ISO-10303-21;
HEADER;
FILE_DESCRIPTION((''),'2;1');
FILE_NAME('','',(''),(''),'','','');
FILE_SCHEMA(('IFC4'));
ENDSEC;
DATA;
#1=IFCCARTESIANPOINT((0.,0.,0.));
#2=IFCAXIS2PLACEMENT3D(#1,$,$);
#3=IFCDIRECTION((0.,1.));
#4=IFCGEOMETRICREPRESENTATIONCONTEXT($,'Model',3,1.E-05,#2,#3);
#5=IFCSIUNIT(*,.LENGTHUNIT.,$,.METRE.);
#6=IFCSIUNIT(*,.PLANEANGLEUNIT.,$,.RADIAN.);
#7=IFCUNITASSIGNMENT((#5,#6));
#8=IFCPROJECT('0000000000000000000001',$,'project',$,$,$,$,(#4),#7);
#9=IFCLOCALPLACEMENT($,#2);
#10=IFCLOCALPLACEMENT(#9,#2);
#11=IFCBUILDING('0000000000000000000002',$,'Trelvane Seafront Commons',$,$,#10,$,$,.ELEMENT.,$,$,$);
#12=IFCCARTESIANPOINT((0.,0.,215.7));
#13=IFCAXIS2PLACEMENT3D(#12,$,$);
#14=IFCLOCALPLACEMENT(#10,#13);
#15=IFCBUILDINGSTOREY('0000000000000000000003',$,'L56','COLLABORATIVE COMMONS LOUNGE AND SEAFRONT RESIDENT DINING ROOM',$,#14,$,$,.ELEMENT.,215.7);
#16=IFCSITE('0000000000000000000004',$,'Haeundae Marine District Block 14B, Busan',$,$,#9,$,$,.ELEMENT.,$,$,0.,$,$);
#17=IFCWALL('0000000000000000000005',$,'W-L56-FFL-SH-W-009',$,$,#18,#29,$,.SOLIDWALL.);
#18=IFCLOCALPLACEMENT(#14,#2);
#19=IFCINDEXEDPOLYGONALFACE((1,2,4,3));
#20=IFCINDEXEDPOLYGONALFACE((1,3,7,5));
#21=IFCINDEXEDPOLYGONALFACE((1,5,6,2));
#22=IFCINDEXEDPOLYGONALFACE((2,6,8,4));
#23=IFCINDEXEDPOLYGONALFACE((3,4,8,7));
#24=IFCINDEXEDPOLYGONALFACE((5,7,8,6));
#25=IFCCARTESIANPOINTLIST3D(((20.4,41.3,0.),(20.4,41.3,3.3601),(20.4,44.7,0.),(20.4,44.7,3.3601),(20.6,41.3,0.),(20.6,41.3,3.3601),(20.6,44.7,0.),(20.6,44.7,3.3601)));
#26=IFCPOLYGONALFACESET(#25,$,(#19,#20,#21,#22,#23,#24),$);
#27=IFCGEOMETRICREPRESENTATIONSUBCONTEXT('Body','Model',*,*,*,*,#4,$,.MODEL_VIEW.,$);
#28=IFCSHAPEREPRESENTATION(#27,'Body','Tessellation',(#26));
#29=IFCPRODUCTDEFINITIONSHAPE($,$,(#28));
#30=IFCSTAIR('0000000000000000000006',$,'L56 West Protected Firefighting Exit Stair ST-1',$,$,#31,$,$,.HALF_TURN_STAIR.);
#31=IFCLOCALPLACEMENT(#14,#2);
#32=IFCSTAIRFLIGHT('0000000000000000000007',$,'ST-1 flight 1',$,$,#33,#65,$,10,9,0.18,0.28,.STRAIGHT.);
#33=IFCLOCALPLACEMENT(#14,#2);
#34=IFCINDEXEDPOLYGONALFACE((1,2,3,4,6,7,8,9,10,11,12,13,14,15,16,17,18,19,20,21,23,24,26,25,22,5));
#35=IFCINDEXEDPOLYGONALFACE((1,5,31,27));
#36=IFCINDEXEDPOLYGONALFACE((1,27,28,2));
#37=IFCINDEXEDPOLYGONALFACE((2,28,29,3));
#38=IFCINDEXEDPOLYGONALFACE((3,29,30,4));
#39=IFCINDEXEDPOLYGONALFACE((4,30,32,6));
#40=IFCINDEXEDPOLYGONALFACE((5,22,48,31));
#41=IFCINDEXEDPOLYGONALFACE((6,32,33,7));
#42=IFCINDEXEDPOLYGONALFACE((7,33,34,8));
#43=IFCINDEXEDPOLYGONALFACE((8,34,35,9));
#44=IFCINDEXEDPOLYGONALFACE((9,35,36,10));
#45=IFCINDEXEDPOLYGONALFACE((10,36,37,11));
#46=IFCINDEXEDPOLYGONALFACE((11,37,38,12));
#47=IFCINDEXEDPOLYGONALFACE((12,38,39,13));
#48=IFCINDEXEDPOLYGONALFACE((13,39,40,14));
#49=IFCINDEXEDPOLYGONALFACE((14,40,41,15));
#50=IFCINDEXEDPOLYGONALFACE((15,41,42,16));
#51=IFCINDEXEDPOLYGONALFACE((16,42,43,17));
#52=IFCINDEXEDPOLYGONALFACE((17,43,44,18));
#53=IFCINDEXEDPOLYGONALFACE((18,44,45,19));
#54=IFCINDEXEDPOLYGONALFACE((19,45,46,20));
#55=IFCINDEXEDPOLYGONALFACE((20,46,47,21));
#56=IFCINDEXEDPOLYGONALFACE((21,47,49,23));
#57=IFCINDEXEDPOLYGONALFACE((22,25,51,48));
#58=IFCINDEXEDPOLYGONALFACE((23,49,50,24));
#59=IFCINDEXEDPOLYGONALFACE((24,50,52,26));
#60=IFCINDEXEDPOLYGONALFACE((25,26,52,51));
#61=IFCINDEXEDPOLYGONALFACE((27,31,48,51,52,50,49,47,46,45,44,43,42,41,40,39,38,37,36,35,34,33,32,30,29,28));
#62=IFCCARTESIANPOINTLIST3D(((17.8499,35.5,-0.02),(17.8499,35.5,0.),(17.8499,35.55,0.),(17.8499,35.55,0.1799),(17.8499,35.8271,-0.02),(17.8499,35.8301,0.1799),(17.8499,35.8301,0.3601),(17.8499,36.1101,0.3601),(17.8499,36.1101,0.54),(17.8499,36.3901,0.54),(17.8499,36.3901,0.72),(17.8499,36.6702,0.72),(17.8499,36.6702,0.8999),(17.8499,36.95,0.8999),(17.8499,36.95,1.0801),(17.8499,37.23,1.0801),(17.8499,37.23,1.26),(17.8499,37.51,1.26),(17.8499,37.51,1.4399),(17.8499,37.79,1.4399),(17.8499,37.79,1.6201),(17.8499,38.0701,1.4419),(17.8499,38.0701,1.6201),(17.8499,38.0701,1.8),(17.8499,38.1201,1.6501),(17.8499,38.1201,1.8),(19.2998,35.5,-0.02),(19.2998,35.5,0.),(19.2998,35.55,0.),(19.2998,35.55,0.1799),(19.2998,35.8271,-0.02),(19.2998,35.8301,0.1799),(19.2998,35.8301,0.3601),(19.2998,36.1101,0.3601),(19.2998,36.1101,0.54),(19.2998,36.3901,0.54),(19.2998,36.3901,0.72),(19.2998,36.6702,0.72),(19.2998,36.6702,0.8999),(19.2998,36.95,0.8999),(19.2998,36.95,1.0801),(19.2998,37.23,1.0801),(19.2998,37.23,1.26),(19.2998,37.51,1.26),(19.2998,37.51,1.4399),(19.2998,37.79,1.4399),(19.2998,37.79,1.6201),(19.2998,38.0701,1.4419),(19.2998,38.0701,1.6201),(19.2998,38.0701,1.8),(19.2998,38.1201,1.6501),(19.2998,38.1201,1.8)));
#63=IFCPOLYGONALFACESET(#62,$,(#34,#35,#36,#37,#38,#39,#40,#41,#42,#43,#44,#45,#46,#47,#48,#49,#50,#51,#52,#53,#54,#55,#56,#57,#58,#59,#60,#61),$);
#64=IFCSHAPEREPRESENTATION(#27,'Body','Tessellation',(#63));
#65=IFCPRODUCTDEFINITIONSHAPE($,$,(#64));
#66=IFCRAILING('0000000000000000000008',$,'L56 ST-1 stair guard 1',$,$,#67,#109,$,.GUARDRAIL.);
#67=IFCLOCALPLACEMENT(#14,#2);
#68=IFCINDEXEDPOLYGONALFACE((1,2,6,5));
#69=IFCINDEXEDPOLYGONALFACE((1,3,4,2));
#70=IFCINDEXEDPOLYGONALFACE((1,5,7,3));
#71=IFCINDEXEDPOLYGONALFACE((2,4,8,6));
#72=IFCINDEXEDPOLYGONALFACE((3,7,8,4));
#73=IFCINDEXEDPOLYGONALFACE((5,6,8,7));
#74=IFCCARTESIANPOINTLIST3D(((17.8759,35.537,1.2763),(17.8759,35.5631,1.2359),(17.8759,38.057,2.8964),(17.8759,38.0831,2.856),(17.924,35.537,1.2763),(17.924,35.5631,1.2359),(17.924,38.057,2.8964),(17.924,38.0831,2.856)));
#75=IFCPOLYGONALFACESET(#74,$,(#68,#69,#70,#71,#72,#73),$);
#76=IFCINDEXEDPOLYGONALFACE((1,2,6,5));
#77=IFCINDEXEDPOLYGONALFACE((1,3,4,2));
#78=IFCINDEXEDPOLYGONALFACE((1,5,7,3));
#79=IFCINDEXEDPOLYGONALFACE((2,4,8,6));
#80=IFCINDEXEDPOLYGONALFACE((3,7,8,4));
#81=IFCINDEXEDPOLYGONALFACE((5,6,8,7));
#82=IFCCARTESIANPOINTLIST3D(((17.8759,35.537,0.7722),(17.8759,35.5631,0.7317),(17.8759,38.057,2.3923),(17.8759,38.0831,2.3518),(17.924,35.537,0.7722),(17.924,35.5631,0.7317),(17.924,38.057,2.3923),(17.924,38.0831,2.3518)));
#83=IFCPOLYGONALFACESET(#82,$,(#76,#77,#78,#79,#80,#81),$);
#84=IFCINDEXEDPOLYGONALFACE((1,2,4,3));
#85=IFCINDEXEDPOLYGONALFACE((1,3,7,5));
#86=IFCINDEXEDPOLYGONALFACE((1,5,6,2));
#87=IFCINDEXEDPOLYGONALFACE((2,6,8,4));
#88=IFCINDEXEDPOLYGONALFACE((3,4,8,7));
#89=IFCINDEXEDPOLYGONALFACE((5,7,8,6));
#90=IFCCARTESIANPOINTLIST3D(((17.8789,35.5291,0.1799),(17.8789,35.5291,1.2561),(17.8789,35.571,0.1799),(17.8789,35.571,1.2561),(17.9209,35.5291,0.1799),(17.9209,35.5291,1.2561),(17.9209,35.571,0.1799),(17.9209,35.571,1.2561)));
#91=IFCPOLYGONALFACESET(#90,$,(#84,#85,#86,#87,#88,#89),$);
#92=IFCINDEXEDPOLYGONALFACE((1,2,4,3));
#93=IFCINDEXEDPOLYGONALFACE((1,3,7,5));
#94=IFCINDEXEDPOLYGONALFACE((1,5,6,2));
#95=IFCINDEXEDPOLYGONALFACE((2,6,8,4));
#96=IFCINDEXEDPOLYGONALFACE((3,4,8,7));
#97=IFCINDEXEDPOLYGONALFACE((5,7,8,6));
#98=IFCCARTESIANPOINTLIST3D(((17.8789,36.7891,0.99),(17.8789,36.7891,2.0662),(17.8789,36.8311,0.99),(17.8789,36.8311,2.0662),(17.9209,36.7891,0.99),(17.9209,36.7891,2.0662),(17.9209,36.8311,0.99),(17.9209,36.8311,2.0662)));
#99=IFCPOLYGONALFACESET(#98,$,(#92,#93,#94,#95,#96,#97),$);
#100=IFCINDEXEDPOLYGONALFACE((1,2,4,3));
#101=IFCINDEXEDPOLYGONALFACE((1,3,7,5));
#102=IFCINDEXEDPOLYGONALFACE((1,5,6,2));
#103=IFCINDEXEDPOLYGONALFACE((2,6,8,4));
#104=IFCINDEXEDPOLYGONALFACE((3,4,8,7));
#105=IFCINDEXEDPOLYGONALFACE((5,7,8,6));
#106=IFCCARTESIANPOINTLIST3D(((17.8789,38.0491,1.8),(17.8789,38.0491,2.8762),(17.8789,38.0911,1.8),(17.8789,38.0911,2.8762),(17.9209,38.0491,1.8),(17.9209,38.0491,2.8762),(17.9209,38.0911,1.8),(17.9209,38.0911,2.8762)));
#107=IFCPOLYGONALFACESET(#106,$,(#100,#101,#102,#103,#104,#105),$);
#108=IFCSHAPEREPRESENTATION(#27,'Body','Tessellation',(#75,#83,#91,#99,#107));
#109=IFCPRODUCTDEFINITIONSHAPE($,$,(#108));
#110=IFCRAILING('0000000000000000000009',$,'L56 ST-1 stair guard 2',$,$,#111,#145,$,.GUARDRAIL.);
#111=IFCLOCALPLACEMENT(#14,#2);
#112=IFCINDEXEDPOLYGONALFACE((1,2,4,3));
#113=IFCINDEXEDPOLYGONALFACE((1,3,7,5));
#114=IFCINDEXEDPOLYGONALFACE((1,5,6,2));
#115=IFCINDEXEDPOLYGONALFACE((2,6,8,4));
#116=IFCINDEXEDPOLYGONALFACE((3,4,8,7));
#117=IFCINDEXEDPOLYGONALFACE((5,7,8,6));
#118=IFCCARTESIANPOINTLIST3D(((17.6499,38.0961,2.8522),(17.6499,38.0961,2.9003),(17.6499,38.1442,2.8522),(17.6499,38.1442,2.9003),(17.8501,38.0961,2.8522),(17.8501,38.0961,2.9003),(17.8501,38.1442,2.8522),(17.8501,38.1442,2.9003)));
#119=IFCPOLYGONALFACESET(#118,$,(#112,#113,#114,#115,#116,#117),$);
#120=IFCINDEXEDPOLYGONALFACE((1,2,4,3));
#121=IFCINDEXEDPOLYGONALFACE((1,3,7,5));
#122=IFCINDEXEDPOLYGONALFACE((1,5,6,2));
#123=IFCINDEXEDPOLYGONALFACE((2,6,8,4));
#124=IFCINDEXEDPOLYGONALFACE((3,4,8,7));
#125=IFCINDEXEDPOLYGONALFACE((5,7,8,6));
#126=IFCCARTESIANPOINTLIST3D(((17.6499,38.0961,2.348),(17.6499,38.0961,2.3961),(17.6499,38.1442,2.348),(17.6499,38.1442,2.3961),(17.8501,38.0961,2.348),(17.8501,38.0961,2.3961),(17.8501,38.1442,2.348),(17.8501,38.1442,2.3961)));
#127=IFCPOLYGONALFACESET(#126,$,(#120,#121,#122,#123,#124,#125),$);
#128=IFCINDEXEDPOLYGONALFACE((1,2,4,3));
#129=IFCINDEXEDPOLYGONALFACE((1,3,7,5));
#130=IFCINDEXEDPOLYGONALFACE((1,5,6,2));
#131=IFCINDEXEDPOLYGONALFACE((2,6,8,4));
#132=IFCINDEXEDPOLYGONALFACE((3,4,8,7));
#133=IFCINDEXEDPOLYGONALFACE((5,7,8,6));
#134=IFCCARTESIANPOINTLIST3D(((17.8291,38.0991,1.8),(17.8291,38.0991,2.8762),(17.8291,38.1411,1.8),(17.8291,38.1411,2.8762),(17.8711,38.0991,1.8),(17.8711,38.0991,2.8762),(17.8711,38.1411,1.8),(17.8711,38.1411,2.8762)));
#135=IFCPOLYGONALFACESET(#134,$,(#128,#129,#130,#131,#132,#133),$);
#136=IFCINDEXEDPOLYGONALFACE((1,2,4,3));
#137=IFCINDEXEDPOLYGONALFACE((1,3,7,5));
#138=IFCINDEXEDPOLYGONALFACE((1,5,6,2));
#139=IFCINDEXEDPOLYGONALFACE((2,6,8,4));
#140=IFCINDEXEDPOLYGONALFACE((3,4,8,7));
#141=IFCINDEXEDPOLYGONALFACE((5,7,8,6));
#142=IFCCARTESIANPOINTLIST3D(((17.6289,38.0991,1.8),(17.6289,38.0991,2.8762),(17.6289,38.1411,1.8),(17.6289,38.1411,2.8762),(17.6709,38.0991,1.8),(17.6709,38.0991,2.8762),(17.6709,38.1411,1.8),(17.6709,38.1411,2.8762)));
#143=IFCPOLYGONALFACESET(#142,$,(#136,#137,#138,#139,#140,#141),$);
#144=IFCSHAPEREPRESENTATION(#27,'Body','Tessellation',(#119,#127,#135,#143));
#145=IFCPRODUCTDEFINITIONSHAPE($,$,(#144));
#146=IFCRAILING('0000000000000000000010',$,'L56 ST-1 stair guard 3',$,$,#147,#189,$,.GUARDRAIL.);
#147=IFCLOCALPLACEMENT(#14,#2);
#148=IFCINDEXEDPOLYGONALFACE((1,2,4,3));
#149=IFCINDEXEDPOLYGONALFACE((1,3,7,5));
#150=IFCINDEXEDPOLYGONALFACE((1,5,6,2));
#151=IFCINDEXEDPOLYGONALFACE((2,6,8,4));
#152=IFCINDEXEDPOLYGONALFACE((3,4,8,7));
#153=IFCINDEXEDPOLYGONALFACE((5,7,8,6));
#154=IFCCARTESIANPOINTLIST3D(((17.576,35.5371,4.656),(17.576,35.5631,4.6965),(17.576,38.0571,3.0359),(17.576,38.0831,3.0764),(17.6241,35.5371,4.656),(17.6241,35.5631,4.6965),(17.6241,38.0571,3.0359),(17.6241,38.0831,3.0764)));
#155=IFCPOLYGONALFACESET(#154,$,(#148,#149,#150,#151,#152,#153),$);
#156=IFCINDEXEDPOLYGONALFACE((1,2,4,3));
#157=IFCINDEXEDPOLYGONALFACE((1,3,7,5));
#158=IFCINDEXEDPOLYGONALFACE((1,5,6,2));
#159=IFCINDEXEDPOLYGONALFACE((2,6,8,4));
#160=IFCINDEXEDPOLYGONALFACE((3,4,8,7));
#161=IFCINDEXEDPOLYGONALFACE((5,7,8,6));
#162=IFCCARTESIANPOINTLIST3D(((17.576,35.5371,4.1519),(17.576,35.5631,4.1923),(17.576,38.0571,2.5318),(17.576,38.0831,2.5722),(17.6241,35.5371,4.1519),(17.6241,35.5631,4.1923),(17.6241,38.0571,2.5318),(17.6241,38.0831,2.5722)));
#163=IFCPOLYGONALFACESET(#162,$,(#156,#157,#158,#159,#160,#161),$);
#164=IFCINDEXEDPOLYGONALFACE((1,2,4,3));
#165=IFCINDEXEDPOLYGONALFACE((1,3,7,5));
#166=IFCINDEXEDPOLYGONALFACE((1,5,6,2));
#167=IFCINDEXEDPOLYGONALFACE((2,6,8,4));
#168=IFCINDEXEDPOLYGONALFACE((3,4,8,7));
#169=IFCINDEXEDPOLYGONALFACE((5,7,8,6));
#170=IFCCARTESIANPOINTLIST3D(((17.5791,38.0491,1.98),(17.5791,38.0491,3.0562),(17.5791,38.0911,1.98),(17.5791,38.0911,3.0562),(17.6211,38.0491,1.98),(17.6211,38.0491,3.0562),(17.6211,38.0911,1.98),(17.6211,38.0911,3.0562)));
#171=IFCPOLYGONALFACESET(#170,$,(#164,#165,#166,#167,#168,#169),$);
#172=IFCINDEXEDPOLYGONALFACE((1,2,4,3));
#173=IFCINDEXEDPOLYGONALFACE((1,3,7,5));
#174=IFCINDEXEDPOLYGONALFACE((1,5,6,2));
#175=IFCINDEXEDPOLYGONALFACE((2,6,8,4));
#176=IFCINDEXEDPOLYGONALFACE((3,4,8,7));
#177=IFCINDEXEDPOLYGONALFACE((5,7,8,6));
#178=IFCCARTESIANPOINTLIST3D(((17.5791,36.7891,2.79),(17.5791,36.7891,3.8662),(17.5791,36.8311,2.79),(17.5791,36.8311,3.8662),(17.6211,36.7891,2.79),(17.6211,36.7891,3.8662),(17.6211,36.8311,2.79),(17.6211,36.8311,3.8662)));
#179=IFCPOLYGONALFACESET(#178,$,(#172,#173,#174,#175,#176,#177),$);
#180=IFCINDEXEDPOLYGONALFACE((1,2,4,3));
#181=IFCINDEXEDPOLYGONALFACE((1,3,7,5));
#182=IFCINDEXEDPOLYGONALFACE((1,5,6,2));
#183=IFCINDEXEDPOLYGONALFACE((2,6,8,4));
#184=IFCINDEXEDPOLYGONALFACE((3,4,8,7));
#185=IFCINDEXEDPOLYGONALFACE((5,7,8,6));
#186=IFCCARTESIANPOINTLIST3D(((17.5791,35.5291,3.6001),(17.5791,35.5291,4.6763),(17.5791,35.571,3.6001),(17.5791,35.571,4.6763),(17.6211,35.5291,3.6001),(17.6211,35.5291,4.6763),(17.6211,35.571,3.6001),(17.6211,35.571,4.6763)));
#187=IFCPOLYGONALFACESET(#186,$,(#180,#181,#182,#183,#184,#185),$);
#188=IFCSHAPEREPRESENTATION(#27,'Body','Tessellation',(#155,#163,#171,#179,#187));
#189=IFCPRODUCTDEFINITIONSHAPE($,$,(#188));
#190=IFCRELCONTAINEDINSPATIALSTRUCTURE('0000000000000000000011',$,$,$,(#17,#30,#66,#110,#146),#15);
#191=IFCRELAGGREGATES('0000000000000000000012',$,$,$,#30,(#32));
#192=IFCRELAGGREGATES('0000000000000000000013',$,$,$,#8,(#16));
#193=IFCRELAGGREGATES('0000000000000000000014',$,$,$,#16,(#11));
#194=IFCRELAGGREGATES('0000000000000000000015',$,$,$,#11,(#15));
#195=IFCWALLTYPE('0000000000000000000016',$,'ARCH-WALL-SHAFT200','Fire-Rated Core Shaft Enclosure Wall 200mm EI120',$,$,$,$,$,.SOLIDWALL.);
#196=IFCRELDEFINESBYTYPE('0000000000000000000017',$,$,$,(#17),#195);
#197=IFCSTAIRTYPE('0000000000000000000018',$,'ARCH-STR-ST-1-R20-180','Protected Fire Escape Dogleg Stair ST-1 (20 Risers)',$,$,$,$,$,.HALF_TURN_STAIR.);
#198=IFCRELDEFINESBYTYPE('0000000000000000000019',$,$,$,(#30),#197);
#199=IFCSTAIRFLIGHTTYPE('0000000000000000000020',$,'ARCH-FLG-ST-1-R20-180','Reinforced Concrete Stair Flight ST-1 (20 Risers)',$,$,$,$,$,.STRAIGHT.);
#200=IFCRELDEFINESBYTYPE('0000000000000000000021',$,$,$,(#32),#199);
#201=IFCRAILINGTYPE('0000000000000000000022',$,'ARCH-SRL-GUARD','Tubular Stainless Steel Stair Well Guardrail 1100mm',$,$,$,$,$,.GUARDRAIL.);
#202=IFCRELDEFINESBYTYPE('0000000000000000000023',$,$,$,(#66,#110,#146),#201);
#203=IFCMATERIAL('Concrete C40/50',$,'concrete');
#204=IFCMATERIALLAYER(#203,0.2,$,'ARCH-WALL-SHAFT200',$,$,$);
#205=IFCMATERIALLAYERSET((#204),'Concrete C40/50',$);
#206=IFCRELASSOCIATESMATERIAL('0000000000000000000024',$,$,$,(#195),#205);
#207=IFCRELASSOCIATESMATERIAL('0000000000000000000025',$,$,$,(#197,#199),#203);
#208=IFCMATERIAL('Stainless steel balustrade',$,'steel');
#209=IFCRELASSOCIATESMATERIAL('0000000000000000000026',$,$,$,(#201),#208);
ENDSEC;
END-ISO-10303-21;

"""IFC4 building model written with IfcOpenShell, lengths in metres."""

from ifc_helpers import new_model, si_unit, direction, frame, frame_2d, origin, origin_2d, place, context, subcontext, project, spatial, polyline, rectangle, outline, extrude, source, transform, mapped, material, layer, layer_set, type_object, element, aggregate, save


model = new_model("IFC4")

# Units and contexts
model_context = context("Model", 3, precision=1e-05, world=origin(), true_north=direction((0.0, 1.0)))
body_context = subcontext(model_context, "Body", "Model", "MODEL_VIEW")
ifc_project = project(units=[si_unit("LENGTHUNIT", "METRE"), si_unit("PLANEANGLEUNIT", "RADIAN")], contexts=[model_context])

# Site, building, storey
site_placement = place(None, origin())
site = spatial("IfcSite", under=ifc_project, at=site_placement, Name="Haeundae Marine District Block 14B, Busan", CompositionType="ELEMENT", RefElevation=0.0)
building_placement = place(site_placement, origin())
building = spatial("IfcBuilding", under=site, at=building_placement, Name="Trelvane Seafront Commons", CompositionType="ELEMENT")
storey_placement = place(building_placement, frame((0.0, 0.0, 215.7)))
storey = spatial("IfcBuildingStorey", under=building, at=storey_placement, Name="L56", Description="COLLABORATIVE COMMONS LOUNGE AND SEAFRONT RESIDENT DINING ROOM", CompositionType="ELEMENT", Elevation=215.7)

# Shared definitions
ifc_material_1 = material(Name="Concrete C40/50", Category="concrete")
ifc_layer_1 = layer(ifc_material_1, 0.2, Name="ARCH-WALL-SHAFT200")
ifc_layer_set_1 = layer_set([ifc_layer_1], Name="Concrete C40/50")
wall_type = type_object("IfcWallType", Name="ARCH-WALL-SHAFT200", Description="Fire-Rated Core Shaft Enclosure Wall 200mm EI120", PredefinedType="SOLIDWALL", material=ifc_layer_set_1)
ifc_material_2 = material(Name="Stainless steel balustrade", Category="steel")

# Wall
wall_1_placement = place(storey_placement, frame((20.5, 41.3, 0.0), z_axis=(0.0, 0.0, 1.0), x_axis=(0.0, 1.0, 0.0)))
element("IfcWall", 1, at=wall_1_placement, inside=storey, type_object=wall_type, Name="W-L56-FFL-SH-W-009", PredefinedType="SOLIDWALL", context=body_context, shape_type="SweptSolid", body=[
    extrude(rectangle(XDim=3.3999, YDim=0.2, at=frame_2d((1.7, 0.0))), origin(), (0.0, 0.0, 1.0), 3.3601),
])

# Stair, stair flight
stair_type = type_object("IfcStairType", Name="ARCH-STR-ST-1-R20-180", Description="Protected Fire Escape Dogleg Stair ST-1 (20 Risers)", PredefinedType="HALF_TURN_STAIR", material=ifc_material_1)
stair_placement = place(storey_placement, origin())
stair = element("IfcStair", 2, at=stair_placement, inside=storey, type_object=stair_type, Name="L56 West Protected Firefighting Exit Stair ST-1", PredefinedType="HALF_TURN_STAIR")
stair_flight_type = type_object("IfcStairFlightType", Name="ARCH-FLG-ST-1-R20-180", Description="Reinforced Concrete Stair Flight ST-1 (20 Risers)", PredefinedType="STRAIGHT", material=ifc_material_1)
shared_shape_1 = source(origin(), body_context, "Body", "SweptSolid", [
    extrude(outline(polyline([(-0.05, -0.02), (-0.05, 0.0), (0.0, 0.0), (0.0, 0.1799), (0.28, 0.1799), (0.28, 0.3601), (0.5601, 0.3601), (0.5601, 0.54), (0.8401, 0.54), (0.8401, 0.72), (1.1201, 0.72), (1.1201, 0.8999), (1.3999, 0.8999), (1.3999, 1.0801), (1.6799, 1.0801), (1.6799, 1.26), (1.96, 1.26), (1.96, 1.4399), (2.24, 1.4399), (2.24, 1.6201), (2.52, 1.6201), (2.52, 1.8), (2.5701, 1.8), (2.5701, 1.6501), (2.52, 1.4419), (0.2771, -0.02), (-0.05, -0.02)])), frame((0.0, 0.7251, 0.0), z_axis=(0.0, -1.0, 0.0), x_axis=(1.0, 0.0, 0.0)), (0.0, 0.0, 1.0), 1.45),
])
stair_flight_placement = place(storey_placement, frame((18.575, 35.55, 0.0), z_axis=(0.0, 0.0, 1.0), x_axis=(0.0, 1.0, 0.0)))
stair_flight = element("IfcStairFlight", 3, at=stair_flight_placement, type_object=stair_flight_type, Name="ST-1 flight 1", NumberOfRisers=10, NumberOfTreads=9, PredefinedType="STRAIGHT", RiserHeight=0.18, TreadLength=0.28, context=body_context, shape_type="MappedRepresentation", body=[
    mapped(shared_shape_1, transform((0.0, 0.0, 0.0), x_axis=(1.0, 0.0, 0.0), y_axis=(0.0, 1.0, 0.0), z_axis=(0.0, 0.0, 1.0), scale=1.0)),
])
aggregate(stair, [stair_flight])

# Railings
railing_type_1 = type_object("IfcRailingType", Name="ARCH-SRL-GUARD", Description="Tubular Stainless Steel Stair Well Guardrail 1100mm", PredefinedType="GUARDRAIL", material=ifc_material_2)
railing_1_placement = place(storey_placement, frame((17.8999, 35.55, 0.1799)))
element("IfcRailing", 4, at=railing_1_placement, inside=storey, type_object=railing_type_1, Name="L56 ST-1 stair guard 1", PredefinedType="GUARDRAIL", context=body_context, shape_type="SweptSolid", body=[
    extrude(rectangle(XDim=0.0481, YDim=0.0481, at=origin_2d()), frame((0.0, 0.0, 1.0762), z_axis=(0.0, 0.841163, 0.540782), x_axis=(-1.0, 0.0, 0.0)), (0.0, 0.0, 1.0), 2.9958),
    extrude(rectangle(XDim=0.0481, YDim=0.0481, at=origin_2d()), frame((0.0, 0.0, 0.572), z_axis=(0.0, 0.841163, 0.540782), x_axis=(-1.0, 0.0, 0.0)), (0.0, 0.0, 1.0), 2.9958),
    extrude(rectangle(XDim=0.042, YDim=0.042, at=origin_2d()), origin(), (0.0, 0.0, 1.0), 1.0762),
    extrude(rectangle(XDim=0.042, YDim=0.042, at=origin_2d()), frame((0.0, 1.26, 0.8101)), (0.0, 0.0, 1.0), 1.0762),
    extrude(rectangle(XDim=0.042, YDim=0.042, at=origin_2d()), frame((0.0, 2.52, 1.6201)), (0.0, 0.0, 1.0), 1.0762),
])
railing_2_placement = place(storey_placement, frame((17.8501, 38.1201, 1.8)))
element("IfcRailing", 5, at=railing_2_placement, inside=storey, type_object=railing_type_1, Name="L56 ST-1 stair guard 2", PredefinedType="GUARDRAIL", context=body_context, shape_type="SweptSolid", body=[
    extrude(rectangle(XDim=0.0481, YDim=0.0481, at=origin_2d()), frame((0.0, 0.0, 1.0762), z_axis=(-1.0, 0.0, 0.0), x_axis=(0.0, -1.0, 0.0)), (0.0, 0.0, 1.0), 0.2002),
    extrude(rectangle(XDim=0.0481, YDim=0.0481, at=origin_2d()), frame((0.0, 0.0, 0.572), z_axis=(-1.0, 0.0, 0.0), x_axis=(0.0, -1.0, 0.0)), (0.0, 0.0, 1.0), 0.2002),
    extrude(rectangle(XDim=0.042, YDim=0.042, at=origin_2d()), origin(), (0.0, 0.0, 1.0), 1.0762),
    extrude(rectangle(XDim=0.042, YDim=0.042, at=origin_2d()), frame((-0.2002, 0.0, 0.0)), (0.0, 0.0, 1.0), 1.0762),
])
railing_3_placement = place(storey_placement, frame((17.6001, 38.0701, 1.98)))
element("IfcRailing", 6, at=railing_3_placement, inside=storey, type_object=railing_type_1, Name="L56 ST-1 stair guard 3", PredefinedType="GUARDRAIL", context=body_context, shape_type="SweptSolid", body=[
    extrude(rectangle(XDim=0.0481, YDim=0.0481, at=origin_2d()), frame((0.0, 0.0, 1.0762), z_axis=(0.0, -0.841163, 0.540782), x_axis=(1.0, 0.0, 0.0)), (0.0, 0.0, 1.0), 2.9958),
    extrude(rectangle(XDim=0.0481, YDim=0.0481, at=origin_2d()), frame((0.0, 0.0, 0.572), z_axis=(0.0, -0.841163, 0.540782), x_axis=(1.0, 0.0, 0.0)), (0.0, 0.0, 1.0), 2.9958),
    extrude(rectangle(XDim=0.042, YDim=0.042, at=origin_2d()), origin(), (0.0, 0.0, 1.0), 1.0762),
    extrude(rectangle(XDim=0.042, YDim=0.042, at=origin_2d()), frame((0.0, -1.26, 0.8101)), (0.0, 0.0, 1.0), 1.0762),
    extrude(rectangle(XDim=0.042, YDim=0.042, at=origin_2d()), frame((0.0, -2.52, 1.6201)), (0.0, 0.0, 1.0), 1.0762),
])

save(model, "model.ifc")
